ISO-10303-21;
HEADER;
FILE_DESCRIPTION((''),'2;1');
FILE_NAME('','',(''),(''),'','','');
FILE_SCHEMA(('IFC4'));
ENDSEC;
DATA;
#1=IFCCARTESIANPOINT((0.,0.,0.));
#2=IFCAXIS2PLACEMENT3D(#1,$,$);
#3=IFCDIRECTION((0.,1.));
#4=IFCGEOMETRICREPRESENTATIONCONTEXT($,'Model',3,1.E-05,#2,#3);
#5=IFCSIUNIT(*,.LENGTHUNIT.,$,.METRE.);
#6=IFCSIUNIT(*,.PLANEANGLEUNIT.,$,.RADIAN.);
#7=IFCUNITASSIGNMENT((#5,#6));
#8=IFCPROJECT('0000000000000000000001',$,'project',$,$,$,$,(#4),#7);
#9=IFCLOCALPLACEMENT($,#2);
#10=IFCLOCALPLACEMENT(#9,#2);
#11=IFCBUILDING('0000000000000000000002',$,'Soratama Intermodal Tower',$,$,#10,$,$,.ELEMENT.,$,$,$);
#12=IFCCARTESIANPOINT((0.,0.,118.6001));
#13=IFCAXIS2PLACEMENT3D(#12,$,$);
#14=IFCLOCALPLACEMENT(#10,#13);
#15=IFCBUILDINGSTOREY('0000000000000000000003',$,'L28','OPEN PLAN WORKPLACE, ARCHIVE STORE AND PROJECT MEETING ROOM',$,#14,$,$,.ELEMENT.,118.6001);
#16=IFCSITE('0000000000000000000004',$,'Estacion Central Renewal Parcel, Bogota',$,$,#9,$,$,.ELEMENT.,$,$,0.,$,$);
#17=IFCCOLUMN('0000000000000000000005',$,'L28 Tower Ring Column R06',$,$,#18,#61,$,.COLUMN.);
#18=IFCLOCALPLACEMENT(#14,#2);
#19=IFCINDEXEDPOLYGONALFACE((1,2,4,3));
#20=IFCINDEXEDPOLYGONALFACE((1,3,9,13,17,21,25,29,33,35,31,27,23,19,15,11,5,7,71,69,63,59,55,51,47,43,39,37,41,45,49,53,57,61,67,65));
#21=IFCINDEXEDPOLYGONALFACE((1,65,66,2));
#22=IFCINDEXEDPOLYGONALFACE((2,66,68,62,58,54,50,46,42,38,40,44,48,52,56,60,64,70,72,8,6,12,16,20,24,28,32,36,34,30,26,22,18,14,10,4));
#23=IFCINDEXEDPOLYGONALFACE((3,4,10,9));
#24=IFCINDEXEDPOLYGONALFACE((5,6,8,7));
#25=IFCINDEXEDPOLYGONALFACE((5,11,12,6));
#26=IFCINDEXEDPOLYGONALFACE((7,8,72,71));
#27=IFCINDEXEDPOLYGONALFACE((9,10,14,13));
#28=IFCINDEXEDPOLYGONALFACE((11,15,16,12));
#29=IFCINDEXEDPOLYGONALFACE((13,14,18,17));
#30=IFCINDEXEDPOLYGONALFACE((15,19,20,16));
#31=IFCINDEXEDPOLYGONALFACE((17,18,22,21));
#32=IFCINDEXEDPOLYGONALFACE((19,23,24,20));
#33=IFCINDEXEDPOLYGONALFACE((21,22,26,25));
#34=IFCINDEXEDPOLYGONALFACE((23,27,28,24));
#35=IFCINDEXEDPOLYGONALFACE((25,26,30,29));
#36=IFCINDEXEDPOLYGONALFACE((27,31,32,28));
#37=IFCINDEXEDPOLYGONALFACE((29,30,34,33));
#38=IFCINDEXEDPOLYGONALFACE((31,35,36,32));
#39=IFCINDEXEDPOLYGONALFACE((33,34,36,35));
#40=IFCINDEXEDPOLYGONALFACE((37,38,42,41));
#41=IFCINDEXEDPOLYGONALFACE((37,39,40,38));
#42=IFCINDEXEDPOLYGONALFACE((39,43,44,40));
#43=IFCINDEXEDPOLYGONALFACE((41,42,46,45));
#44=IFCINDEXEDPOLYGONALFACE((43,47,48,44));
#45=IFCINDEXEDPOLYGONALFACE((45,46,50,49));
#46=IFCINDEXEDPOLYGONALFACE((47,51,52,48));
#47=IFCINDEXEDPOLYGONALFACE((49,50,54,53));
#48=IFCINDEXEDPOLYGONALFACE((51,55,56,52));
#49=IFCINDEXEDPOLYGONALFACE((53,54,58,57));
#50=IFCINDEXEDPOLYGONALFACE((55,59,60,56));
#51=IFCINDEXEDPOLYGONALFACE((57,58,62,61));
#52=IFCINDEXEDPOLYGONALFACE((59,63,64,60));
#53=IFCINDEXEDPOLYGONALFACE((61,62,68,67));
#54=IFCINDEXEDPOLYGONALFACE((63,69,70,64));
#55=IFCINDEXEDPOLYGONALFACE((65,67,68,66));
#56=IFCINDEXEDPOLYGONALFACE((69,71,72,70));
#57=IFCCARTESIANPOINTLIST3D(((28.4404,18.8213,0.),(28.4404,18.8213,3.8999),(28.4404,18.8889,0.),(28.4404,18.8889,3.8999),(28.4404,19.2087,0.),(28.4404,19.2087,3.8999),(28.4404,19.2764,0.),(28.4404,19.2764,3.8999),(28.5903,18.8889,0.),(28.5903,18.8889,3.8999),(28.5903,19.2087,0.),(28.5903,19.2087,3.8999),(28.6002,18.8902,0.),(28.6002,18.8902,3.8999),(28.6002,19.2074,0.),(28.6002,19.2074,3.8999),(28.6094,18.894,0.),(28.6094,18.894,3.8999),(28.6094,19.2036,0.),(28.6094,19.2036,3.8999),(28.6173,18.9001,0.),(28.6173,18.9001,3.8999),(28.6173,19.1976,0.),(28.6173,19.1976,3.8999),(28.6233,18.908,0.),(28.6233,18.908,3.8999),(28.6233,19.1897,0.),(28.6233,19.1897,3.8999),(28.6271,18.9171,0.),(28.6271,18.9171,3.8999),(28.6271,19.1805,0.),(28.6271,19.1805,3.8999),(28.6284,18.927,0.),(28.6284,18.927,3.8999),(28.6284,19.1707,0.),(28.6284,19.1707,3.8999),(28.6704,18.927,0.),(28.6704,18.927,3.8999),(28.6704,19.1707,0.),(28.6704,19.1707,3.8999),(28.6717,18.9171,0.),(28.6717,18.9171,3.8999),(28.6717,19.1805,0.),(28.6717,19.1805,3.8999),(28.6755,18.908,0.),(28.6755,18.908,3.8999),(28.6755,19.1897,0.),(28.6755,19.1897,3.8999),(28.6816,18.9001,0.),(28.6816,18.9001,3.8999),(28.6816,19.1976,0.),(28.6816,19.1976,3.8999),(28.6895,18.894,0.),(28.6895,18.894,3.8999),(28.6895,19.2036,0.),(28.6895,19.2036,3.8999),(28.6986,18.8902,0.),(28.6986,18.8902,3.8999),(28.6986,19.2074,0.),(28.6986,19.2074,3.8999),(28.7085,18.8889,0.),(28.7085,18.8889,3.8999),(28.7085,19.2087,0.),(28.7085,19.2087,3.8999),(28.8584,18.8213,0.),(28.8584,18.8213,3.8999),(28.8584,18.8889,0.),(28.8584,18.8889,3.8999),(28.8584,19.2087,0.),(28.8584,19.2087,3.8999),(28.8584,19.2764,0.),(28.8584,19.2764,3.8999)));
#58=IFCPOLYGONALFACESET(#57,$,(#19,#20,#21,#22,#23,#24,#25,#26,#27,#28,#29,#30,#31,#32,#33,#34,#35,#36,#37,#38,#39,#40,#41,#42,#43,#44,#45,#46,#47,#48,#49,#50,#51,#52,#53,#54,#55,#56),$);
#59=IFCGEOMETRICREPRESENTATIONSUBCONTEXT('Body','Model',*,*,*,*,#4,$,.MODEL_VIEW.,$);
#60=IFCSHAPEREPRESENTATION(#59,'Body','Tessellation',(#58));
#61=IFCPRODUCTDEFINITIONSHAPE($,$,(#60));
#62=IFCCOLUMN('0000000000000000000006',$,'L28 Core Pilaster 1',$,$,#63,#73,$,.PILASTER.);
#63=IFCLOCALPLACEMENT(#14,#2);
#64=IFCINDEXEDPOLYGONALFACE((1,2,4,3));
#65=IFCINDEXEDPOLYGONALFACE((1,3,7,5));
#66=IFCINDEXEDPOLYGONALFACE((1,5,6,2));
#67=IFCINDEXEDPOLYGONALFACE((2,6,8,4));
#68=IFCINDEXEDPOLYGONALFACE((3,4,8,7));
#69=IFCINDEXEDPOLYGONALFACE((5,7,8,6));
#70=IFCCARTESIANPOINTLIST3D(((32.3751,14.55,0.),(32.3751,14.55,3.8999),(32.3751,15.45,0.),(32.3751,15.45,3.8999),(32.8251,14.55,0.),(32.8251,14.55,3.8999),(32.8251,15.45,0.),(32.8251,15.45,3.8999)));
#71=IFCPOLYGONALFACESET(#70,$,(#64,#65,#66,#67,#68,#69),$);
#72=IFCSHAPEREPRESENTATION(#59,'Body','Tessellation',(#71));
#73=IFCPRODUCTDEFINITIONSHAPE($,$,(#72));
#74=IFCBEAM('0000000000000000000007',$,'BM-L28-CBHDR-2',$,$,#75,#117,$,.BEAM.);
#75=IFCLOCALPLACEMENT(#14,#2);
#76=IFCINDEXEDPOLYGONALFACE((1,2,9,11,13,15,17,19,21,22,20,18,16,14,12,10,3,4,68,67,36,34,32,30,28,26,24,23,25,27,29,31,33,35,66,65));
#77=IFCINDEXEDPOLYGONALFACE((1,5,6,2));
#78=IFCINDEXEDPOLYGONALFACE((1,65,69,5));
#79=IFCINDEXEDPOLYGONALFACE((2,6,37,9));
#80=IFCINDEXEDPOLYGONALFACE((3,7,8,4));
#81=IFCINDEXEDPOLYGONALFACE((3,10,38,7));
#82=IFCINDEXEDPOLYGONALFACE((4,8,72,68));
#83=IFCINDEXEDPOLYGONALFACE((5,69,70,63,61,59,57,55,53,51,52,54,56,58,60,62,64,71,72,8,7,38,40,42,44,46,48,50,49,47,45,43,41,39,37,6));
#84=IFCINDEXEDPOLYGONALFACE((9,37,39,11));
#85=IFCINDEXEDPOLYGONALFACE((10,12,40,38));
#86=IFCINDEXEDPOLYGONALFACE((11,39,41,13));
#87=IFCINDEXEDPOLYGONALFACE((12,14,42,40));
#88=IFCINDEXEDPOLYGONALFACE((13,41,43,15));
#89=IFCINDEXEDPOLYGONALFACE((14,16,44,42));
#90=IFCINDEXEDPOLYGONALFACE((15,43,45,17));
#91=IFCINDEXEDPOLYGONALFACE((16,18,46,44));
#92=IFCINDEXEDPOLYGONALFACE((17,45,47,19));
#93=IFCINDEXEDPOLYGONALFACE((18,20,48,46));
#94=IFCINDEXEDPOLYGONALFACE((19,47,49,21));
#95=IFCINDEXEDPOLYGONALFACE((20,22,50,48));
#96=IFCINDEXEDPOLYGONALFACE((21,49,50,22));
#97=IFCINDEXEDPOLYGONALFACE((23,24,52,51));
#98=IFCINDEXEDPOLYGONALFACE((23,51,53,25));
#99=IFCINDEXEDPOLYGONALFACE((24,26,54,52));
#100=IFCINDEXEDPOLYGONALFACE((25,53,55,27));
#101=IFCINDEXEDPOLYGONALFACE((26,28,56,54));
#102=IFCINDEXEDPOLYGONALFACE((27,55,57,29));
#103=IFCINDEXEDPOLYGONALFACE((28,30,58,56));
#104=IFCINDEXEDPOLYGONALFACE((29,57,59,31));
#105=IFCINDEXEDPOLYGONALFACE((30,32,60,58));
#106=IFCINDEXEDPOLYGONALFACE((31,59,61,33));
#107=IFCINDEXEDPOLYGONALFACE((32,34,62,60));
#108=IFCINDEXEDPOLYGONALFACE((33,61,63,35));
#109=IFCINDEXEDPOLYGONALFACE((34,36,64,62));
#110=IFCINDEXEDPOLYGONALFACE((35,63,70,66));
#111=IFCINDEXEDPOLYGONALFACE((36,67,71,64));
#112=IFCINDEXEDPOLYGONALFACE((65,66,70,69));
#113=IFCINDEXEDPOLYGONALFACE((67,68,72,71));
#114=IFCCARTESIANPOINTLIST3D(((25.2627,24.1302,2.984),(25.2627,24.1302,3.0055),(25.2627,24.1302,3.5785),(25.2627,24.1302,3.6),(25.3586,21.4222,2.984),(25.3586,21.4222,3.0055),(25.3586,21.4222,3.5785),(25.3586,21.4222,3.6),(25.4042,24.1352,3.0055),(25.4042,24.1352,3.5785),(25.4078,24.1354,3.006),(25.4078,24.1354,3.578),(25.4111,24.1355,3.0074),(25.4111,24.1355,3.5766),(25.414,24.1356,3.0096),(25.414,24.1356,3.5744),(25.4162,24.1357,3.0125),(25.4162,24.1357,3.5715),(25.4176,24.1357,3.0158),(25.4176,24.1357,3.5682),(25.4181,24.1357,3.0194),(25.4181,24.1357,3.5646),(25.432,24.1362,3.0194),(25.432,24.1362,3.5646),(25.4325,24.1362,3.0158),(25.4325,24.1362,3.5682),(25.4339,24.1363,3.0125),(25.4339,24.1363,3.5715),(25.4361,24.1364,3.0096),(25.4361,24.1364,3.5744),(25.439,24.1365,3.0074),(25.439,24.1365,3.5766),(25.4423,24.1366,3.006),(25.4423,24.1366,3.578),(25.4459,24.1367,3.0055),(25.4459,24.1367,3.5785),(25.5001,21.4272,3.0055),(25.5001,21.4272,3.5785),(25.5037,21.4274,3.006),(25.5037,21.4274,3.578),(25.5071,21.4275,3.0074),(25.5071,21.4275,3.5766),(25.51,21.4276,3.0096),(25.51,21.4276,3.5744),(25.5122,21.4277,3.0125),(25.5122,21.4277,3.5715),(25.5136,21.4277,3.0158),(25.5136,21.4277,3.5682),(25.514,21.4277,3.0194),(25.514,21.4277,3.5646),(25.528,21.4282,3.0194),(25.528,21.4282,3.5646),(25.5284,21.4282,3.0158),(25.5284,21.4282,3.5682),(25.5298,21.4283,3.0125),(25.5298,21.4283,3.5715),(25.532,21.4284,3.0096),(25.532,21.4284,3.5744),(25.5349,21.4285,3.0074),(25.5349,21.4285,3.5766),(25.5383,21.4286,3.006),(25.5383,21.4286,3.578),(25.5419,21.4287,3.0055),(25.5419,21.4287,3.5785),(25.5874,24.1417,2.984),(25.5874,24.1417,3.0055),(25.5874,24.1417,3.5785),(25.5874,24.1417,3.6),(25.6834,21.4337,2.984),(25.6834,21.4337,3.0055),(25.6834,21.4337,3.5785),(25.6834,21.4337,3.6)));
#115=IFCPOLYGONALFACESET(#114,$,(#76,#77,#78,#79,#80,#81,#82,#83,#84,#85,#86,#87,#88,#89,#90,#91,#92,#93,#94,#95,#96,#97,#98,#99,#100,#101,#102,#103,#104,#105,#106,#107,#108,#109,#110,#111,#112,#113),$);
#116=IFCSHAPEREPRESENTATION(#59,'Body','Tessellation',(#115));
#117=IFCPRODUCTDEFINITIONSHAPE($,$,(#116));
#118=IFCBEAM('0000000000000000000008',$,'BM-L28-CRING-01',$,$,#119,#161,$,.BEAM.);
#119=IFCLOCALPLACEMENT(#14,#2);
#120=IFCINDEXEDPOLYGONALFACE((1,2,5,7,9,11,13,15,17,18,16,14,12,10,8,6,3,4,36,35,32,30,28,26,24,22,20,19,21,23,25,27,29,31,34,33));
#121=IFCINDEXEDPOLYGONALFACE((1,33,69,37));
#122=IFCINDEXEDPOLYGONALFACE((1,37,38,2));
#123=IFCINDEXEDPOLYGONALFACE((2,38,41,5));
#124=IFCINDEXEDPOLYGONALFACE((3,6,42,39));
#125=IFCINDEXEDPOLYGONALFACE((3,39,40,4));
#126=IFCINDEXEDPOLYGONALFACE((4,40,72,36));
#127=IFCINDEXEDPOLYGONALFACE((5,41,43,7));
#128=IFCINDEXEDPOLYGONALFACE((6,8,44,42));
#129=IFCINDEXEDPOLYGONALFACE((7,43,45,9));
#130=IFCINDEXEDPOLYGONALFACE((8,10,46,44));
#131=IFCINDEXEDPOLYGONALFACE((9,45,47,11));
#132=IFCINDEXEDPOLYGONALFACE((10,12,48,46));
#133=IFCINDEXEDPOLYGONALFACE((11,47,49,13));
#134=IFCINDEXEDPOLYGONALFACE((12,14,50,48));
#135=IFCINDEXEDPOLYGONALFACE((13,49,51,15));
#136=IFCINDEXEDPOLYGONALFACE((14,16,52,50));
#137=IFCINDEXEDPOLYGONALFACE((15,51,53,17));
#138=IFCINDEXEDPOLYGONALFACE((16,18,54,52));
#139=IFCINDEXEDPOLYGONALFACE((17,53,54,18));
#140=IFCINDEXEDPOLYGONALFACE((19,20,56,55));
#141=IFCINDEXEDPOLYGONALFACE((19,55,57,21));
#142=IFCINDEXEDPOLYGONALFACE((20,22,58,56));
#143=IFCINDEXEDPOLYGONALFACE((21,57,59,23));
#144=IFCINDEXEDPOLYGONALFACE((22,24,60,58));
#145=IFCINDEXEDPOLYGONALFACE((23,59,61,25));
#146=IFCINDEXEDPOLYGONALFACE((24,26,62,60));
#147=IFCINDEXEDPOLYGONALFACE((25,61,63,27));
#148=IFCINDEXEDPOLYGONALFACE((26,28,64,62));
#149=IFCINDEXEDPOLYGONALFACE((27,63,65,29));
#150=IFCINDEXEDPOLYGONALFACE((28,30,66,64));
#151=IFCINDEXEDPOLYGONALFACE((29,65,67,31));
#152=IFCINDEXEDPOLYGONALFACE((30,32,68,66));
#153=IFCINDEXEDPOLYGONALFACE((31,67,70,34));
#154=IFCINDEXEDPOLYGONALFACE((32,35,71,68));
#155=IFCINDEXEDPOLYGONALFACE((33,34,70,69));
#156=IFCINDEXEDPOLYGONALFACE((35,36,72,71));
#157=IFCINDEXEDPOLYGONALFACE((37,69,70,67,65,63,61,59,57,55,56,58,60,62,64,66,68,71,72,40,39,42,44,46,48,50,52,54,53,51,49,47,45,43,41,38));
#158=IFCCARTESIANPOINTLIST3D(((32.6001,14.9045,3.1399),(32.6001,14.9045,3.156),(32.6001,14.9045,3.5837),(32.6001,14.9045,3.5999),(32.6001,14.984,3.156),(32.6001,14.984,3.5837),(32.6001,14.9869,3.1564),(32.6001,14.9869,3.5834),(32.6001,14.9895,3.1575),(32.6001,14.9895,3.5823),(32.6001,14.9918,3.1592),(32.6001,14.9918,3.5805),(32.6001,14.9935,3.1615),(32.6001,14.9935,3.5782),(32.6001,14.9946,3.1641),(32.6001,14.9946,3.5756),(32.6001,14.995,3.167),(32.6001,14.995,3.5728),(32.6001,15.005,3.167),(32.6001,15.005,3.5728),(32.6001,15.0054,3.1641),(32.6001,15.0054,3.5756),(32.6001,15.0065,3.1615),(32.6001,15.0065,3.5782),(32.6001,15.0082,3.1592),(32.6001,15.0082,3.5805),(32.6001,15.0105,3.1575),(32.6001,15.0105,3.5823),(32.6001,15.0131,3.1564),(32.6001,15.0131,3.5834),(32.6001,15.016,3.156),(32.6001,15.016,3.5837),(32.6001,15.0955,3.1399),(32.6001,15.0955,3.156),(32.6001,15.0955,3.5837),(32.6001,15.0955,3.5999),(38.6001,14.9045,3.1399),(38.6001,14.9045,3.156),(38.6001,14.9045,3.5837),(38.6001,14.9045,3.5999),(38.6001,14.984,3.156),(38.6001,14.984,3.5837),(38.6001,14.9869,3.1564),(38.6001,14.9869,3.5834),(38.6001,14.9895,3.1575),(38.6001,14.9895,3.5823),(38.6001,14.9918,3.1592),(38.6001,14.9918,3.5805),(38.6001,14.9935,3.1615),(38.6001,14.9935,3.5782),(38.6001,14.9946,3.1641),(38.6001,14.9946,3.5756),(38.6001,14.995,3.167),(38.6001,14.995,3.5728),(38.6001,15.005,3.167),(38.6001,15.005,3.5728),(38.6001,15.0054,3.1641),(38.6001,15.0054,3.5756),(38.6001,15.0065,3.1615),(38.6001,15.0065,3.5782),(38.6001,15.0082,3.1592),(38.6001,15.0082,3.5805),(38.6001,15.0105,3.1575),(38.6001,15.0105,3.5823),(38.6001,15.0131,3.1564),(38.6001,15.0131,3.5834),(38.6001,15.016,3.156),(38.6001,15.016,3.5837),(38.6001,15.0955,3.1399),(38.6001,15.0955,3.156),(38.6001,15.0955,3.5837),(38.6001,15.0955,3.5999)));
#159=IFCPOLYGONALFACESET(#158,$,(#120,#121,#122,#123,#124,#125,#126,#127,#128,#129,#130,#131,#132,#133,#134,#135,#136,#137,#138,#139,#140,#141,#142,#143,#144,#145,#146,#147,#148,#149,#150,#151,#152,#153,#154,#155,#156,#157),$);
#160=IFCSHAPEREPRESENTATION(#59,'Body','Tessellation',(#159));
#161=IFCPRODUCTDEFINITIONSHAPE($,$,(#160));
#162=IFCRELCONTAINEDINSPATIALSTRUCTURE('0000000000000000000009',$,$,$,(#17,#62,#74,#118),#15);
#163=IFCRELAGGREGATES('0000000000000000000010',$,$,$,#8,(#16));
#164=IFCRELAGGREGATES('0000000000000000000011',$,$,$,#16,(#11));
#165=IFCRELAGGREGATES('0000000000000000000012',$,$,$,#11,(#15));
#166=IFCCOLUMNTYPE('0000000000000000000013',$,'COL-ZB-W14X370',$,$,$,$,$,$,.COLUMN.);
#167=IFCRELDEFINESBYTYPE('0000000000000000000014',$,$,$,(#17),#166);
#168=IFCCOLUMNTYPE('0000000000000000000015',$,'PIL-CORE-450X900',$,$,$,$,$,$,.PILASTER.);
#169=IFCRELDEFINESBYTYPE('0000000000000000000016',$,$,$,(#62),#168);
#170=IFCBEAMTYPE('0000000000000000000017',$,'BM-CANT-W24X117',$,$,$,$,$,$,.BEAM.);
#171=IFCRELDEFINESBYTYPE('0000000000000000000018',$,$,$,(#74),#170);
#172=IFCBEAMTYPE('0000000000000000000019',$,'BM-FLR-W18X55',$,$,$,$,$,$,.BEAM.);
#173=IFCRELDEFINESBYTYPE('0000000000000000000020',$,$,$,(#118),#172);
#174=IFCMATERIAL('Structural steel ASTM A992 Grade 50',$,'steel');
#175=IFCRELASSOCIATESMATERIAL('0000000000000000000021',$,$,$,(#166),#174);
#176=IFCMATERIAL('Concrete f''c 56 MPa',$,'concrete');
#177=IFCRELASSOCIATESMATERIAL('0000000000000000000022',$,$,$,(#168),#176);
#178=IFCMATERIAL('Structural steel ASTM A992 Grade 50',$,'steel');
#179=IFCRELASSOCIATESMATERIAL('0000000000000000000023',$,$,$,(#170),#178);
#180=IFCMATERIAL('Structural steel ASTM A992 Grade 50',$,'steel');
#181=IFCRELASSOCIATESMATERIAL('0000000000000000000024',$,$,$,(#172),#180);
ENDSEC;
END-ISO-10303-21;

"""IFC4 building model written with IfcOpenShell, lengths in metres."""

from ifc_helpers import new_model, si_unit, direction, frame, origin, origin_2d, place, context, subcontext, project, spatial, rectangle, i_section, extrude, material, material_profile, profile_set, type_object, element, save


model = new_model("IFC4")

# Units and contexts
model_context = context("Model", 3, precision=1e-05, world=origin(), true_north=direction((0.0, 1.0)))
body_context = subcontext(model_context, "Body", "Model", "MODEL_VIEW")
ifc_project = project(units=[si_unit("LENGTHUNIT", "METRE"), si_unit("PLANEANGLEUNIT", "RADIAN")], contexts=[model_context])

# Site, building, storey
site_placement = place(None, origin())
site = spatial("IfcSite", under=ifc_project, at=site_placement, Name="Estacion Central Renewal Parcel, Bogota", CompositionType="ELEMENT", RefElevation=0.0)
building_placement = place(site_placement, origin())
building = spatial("IfcBuilding", under=site, at=building_placement, Name="Soratama Intermodal Tower", CompositionType="ELEMENT")
storey_placement = place(building_placement, frame((0.0, 0.0, 118.6001)))
storey = spatial("IfcBuildingStorey", under=building, at=storey_placement, Name="L28", Description="OPEN PLAN WORKPLACE, ARCHIVE STORE AND PROJECT MEETING ROOM", CompositionType="ELEMENT", Elevation=118.6001)

# Columns
ifc_material_1 = material(Name="Structural steel ASTM A992 Grade 50", Category="steel")
ifc_material_profile_1 = material_profile(ifc_material_1, i_section(OverallWidth=0.418, OverallDepth=0.4551, WebThickness=0.042, FlangeThickness=0.0676, FilletRadius=0.0381, at=origin_2d()), Name="W14X370")
ifc_profile_set_1 = profile_set([ifc_material_profile_1], Name="Structural steel ASTM A992 Grade 50")
column_type_1 = type_object("IfcColumnType", Name="COL-ZB-W14X370", PredefinedType="COLUMN", material=ifc_profile_set_1)
column_1_placement = place(storey_placement, frame((28.6494, 19.0488, 0.0), z_axis=(0.0, 0.0, 1.0), x_axis=(1.0, 0.0, 0.0)))
element("IfcColumn", 1, at=column_1_placement, inside=storey, type_object=column_type_1, Name="L28 Tower Ring Column R06", PredefinedType="COLUMN", context=body_context, shape_type="SweptSolid", body=[
    extrude(i_section(OverallWidth=0.418, OverallDepth=0.4551, WebThickness=0.042, FlangeThickness=0.0676, FilletRadius=0.0381, at=origin_2d()), origin(), (0.0, 0.0, 1.0), 3.8999),
])
ifc_material_2 = material(Name="Concrete f'c 56 MPa", Category="concrete")
ifc_material_profile_2 = material_profile(ifc_material_2, rectangle(XDim=0.45, YDim=0.8999, at=origin_2d()), Name="RC450X900")
ifc_profile_set_2 = profile_set([ifc_material_profile_2], Name="Concrete f'c 56 MPa")
column_type_2 = type_object("IfcColumnType", Name="PIL-CORE-450X900", PredefinedType="PILASTER", material=ifc_profile_set_2)
column_2_placement = place(storey_placement, frame((32.6001, 15.0, 0.0), z_axis=(0.0, 0.0, 1.0), x_axis=(1.0, 0.0, 0.0)))
element("IfcColumn", 2, at=column_2_placement, inside=storey, type_object=column_type_2, Name="L28 Core Pilaster 1", PredefinedType="PILASTER", context=body_context, shape_type="SweptSolid", body=[
    extrude(rectangle(XDim=0.45, YDim=0.8999, at=origin_2d()), origin(), (0.0, 0.0, 1.0), 3.8999),
])

# Beams
ifc_material_3 = material(Name="Structural steel ASTM A992 Grade 50", Category="steel")
ifc_material_profile_3 = material_profile(ifc_material_3, i_section(OverallWidth=0.325, OverallDepth=0.616, WebThickness=0.0139, FlangeThickness=0.0215, FilletRadius=0.0139, at=origin_2d()), Name="W24X117")
ifc_profile_set_3 = profile_set([ifc_material_profile_3], Name="Structural steel ASTM A992 Grade 50")
beam_type_1 = type_object("IfcBeamType", Name="BM-CANT-W24X117", PredefinedType="BEAM", material=ifc_profile_set_3)
beam_1_placement = place(storey_placement, frame((25.425, 24.136, 3.292), z_axis=(0.035409, -0.999373, 0.0), x_axis=(0.999373, 0.035409, 0.0)))
element("IfcBeam", 3, at=beam_1_placement, inside=storey, type_object=beam_type_1, Name="BM-L28-CBHDR-2", PredefinedType="BEAM", context=body_context, shape_type="SweptSolid", body=[
    extrude(i_section(OverallWidth=0.325, OverallDepth=0.616, WebThickness=0.0139, FlangeThickness=0.0215, FilletRadius=0.0139, at=origin_2d()), origin(), (0.0, 0.0, 1.0), 2.7097),
])
ifc_material_4 = material(Name="Structural steel ASTM A992 Grade 50", Category="steel")
ifc_material_profile_4 = material_profile(ifc_material_4, i_section(OverallWidth=0.1909, OverallDepth=0.46, WebThickness=0.01, FlangeThickness=0.0161, FilletRadius=0.011, at=origin_2d()), Name="W18X55")
ifc_profile_set_4 = profile_set([ifc_material_profile_4], Name="Structural steel ASTM A992 Grade 50")
beam_type_2 = type_object("IfcBeamType", Name="BM-FLR-W18X55", PredefinedType="BEAM", material=ifc_profile_set_4)
beam_2_placement = place(storey_placement, frame((32.6001, 15.0, 3.3699), z_axis=(1.0, 0.0, 0.0), x_axis=(0.0, 1.0, 0.0)))
element("IfcBeam", 4, at=beam_2_placement, inside=storey, type_object=beam_type_2, Name="BM-L28-CRING-01", PredefinedType="BEAM", context=body_context, shape_type="SweptSolid", body=[
    extrude(i_section(OverallWidth=0.1909, OverallDepth=0.46, WebThickness=0.01, FlangeThickness=0.0161, FilletRadius=0.011, at=origin_2d()), origin(), (0.0, 0.0, 1.0), 6.0),
])

save(model, "model.ifc")
